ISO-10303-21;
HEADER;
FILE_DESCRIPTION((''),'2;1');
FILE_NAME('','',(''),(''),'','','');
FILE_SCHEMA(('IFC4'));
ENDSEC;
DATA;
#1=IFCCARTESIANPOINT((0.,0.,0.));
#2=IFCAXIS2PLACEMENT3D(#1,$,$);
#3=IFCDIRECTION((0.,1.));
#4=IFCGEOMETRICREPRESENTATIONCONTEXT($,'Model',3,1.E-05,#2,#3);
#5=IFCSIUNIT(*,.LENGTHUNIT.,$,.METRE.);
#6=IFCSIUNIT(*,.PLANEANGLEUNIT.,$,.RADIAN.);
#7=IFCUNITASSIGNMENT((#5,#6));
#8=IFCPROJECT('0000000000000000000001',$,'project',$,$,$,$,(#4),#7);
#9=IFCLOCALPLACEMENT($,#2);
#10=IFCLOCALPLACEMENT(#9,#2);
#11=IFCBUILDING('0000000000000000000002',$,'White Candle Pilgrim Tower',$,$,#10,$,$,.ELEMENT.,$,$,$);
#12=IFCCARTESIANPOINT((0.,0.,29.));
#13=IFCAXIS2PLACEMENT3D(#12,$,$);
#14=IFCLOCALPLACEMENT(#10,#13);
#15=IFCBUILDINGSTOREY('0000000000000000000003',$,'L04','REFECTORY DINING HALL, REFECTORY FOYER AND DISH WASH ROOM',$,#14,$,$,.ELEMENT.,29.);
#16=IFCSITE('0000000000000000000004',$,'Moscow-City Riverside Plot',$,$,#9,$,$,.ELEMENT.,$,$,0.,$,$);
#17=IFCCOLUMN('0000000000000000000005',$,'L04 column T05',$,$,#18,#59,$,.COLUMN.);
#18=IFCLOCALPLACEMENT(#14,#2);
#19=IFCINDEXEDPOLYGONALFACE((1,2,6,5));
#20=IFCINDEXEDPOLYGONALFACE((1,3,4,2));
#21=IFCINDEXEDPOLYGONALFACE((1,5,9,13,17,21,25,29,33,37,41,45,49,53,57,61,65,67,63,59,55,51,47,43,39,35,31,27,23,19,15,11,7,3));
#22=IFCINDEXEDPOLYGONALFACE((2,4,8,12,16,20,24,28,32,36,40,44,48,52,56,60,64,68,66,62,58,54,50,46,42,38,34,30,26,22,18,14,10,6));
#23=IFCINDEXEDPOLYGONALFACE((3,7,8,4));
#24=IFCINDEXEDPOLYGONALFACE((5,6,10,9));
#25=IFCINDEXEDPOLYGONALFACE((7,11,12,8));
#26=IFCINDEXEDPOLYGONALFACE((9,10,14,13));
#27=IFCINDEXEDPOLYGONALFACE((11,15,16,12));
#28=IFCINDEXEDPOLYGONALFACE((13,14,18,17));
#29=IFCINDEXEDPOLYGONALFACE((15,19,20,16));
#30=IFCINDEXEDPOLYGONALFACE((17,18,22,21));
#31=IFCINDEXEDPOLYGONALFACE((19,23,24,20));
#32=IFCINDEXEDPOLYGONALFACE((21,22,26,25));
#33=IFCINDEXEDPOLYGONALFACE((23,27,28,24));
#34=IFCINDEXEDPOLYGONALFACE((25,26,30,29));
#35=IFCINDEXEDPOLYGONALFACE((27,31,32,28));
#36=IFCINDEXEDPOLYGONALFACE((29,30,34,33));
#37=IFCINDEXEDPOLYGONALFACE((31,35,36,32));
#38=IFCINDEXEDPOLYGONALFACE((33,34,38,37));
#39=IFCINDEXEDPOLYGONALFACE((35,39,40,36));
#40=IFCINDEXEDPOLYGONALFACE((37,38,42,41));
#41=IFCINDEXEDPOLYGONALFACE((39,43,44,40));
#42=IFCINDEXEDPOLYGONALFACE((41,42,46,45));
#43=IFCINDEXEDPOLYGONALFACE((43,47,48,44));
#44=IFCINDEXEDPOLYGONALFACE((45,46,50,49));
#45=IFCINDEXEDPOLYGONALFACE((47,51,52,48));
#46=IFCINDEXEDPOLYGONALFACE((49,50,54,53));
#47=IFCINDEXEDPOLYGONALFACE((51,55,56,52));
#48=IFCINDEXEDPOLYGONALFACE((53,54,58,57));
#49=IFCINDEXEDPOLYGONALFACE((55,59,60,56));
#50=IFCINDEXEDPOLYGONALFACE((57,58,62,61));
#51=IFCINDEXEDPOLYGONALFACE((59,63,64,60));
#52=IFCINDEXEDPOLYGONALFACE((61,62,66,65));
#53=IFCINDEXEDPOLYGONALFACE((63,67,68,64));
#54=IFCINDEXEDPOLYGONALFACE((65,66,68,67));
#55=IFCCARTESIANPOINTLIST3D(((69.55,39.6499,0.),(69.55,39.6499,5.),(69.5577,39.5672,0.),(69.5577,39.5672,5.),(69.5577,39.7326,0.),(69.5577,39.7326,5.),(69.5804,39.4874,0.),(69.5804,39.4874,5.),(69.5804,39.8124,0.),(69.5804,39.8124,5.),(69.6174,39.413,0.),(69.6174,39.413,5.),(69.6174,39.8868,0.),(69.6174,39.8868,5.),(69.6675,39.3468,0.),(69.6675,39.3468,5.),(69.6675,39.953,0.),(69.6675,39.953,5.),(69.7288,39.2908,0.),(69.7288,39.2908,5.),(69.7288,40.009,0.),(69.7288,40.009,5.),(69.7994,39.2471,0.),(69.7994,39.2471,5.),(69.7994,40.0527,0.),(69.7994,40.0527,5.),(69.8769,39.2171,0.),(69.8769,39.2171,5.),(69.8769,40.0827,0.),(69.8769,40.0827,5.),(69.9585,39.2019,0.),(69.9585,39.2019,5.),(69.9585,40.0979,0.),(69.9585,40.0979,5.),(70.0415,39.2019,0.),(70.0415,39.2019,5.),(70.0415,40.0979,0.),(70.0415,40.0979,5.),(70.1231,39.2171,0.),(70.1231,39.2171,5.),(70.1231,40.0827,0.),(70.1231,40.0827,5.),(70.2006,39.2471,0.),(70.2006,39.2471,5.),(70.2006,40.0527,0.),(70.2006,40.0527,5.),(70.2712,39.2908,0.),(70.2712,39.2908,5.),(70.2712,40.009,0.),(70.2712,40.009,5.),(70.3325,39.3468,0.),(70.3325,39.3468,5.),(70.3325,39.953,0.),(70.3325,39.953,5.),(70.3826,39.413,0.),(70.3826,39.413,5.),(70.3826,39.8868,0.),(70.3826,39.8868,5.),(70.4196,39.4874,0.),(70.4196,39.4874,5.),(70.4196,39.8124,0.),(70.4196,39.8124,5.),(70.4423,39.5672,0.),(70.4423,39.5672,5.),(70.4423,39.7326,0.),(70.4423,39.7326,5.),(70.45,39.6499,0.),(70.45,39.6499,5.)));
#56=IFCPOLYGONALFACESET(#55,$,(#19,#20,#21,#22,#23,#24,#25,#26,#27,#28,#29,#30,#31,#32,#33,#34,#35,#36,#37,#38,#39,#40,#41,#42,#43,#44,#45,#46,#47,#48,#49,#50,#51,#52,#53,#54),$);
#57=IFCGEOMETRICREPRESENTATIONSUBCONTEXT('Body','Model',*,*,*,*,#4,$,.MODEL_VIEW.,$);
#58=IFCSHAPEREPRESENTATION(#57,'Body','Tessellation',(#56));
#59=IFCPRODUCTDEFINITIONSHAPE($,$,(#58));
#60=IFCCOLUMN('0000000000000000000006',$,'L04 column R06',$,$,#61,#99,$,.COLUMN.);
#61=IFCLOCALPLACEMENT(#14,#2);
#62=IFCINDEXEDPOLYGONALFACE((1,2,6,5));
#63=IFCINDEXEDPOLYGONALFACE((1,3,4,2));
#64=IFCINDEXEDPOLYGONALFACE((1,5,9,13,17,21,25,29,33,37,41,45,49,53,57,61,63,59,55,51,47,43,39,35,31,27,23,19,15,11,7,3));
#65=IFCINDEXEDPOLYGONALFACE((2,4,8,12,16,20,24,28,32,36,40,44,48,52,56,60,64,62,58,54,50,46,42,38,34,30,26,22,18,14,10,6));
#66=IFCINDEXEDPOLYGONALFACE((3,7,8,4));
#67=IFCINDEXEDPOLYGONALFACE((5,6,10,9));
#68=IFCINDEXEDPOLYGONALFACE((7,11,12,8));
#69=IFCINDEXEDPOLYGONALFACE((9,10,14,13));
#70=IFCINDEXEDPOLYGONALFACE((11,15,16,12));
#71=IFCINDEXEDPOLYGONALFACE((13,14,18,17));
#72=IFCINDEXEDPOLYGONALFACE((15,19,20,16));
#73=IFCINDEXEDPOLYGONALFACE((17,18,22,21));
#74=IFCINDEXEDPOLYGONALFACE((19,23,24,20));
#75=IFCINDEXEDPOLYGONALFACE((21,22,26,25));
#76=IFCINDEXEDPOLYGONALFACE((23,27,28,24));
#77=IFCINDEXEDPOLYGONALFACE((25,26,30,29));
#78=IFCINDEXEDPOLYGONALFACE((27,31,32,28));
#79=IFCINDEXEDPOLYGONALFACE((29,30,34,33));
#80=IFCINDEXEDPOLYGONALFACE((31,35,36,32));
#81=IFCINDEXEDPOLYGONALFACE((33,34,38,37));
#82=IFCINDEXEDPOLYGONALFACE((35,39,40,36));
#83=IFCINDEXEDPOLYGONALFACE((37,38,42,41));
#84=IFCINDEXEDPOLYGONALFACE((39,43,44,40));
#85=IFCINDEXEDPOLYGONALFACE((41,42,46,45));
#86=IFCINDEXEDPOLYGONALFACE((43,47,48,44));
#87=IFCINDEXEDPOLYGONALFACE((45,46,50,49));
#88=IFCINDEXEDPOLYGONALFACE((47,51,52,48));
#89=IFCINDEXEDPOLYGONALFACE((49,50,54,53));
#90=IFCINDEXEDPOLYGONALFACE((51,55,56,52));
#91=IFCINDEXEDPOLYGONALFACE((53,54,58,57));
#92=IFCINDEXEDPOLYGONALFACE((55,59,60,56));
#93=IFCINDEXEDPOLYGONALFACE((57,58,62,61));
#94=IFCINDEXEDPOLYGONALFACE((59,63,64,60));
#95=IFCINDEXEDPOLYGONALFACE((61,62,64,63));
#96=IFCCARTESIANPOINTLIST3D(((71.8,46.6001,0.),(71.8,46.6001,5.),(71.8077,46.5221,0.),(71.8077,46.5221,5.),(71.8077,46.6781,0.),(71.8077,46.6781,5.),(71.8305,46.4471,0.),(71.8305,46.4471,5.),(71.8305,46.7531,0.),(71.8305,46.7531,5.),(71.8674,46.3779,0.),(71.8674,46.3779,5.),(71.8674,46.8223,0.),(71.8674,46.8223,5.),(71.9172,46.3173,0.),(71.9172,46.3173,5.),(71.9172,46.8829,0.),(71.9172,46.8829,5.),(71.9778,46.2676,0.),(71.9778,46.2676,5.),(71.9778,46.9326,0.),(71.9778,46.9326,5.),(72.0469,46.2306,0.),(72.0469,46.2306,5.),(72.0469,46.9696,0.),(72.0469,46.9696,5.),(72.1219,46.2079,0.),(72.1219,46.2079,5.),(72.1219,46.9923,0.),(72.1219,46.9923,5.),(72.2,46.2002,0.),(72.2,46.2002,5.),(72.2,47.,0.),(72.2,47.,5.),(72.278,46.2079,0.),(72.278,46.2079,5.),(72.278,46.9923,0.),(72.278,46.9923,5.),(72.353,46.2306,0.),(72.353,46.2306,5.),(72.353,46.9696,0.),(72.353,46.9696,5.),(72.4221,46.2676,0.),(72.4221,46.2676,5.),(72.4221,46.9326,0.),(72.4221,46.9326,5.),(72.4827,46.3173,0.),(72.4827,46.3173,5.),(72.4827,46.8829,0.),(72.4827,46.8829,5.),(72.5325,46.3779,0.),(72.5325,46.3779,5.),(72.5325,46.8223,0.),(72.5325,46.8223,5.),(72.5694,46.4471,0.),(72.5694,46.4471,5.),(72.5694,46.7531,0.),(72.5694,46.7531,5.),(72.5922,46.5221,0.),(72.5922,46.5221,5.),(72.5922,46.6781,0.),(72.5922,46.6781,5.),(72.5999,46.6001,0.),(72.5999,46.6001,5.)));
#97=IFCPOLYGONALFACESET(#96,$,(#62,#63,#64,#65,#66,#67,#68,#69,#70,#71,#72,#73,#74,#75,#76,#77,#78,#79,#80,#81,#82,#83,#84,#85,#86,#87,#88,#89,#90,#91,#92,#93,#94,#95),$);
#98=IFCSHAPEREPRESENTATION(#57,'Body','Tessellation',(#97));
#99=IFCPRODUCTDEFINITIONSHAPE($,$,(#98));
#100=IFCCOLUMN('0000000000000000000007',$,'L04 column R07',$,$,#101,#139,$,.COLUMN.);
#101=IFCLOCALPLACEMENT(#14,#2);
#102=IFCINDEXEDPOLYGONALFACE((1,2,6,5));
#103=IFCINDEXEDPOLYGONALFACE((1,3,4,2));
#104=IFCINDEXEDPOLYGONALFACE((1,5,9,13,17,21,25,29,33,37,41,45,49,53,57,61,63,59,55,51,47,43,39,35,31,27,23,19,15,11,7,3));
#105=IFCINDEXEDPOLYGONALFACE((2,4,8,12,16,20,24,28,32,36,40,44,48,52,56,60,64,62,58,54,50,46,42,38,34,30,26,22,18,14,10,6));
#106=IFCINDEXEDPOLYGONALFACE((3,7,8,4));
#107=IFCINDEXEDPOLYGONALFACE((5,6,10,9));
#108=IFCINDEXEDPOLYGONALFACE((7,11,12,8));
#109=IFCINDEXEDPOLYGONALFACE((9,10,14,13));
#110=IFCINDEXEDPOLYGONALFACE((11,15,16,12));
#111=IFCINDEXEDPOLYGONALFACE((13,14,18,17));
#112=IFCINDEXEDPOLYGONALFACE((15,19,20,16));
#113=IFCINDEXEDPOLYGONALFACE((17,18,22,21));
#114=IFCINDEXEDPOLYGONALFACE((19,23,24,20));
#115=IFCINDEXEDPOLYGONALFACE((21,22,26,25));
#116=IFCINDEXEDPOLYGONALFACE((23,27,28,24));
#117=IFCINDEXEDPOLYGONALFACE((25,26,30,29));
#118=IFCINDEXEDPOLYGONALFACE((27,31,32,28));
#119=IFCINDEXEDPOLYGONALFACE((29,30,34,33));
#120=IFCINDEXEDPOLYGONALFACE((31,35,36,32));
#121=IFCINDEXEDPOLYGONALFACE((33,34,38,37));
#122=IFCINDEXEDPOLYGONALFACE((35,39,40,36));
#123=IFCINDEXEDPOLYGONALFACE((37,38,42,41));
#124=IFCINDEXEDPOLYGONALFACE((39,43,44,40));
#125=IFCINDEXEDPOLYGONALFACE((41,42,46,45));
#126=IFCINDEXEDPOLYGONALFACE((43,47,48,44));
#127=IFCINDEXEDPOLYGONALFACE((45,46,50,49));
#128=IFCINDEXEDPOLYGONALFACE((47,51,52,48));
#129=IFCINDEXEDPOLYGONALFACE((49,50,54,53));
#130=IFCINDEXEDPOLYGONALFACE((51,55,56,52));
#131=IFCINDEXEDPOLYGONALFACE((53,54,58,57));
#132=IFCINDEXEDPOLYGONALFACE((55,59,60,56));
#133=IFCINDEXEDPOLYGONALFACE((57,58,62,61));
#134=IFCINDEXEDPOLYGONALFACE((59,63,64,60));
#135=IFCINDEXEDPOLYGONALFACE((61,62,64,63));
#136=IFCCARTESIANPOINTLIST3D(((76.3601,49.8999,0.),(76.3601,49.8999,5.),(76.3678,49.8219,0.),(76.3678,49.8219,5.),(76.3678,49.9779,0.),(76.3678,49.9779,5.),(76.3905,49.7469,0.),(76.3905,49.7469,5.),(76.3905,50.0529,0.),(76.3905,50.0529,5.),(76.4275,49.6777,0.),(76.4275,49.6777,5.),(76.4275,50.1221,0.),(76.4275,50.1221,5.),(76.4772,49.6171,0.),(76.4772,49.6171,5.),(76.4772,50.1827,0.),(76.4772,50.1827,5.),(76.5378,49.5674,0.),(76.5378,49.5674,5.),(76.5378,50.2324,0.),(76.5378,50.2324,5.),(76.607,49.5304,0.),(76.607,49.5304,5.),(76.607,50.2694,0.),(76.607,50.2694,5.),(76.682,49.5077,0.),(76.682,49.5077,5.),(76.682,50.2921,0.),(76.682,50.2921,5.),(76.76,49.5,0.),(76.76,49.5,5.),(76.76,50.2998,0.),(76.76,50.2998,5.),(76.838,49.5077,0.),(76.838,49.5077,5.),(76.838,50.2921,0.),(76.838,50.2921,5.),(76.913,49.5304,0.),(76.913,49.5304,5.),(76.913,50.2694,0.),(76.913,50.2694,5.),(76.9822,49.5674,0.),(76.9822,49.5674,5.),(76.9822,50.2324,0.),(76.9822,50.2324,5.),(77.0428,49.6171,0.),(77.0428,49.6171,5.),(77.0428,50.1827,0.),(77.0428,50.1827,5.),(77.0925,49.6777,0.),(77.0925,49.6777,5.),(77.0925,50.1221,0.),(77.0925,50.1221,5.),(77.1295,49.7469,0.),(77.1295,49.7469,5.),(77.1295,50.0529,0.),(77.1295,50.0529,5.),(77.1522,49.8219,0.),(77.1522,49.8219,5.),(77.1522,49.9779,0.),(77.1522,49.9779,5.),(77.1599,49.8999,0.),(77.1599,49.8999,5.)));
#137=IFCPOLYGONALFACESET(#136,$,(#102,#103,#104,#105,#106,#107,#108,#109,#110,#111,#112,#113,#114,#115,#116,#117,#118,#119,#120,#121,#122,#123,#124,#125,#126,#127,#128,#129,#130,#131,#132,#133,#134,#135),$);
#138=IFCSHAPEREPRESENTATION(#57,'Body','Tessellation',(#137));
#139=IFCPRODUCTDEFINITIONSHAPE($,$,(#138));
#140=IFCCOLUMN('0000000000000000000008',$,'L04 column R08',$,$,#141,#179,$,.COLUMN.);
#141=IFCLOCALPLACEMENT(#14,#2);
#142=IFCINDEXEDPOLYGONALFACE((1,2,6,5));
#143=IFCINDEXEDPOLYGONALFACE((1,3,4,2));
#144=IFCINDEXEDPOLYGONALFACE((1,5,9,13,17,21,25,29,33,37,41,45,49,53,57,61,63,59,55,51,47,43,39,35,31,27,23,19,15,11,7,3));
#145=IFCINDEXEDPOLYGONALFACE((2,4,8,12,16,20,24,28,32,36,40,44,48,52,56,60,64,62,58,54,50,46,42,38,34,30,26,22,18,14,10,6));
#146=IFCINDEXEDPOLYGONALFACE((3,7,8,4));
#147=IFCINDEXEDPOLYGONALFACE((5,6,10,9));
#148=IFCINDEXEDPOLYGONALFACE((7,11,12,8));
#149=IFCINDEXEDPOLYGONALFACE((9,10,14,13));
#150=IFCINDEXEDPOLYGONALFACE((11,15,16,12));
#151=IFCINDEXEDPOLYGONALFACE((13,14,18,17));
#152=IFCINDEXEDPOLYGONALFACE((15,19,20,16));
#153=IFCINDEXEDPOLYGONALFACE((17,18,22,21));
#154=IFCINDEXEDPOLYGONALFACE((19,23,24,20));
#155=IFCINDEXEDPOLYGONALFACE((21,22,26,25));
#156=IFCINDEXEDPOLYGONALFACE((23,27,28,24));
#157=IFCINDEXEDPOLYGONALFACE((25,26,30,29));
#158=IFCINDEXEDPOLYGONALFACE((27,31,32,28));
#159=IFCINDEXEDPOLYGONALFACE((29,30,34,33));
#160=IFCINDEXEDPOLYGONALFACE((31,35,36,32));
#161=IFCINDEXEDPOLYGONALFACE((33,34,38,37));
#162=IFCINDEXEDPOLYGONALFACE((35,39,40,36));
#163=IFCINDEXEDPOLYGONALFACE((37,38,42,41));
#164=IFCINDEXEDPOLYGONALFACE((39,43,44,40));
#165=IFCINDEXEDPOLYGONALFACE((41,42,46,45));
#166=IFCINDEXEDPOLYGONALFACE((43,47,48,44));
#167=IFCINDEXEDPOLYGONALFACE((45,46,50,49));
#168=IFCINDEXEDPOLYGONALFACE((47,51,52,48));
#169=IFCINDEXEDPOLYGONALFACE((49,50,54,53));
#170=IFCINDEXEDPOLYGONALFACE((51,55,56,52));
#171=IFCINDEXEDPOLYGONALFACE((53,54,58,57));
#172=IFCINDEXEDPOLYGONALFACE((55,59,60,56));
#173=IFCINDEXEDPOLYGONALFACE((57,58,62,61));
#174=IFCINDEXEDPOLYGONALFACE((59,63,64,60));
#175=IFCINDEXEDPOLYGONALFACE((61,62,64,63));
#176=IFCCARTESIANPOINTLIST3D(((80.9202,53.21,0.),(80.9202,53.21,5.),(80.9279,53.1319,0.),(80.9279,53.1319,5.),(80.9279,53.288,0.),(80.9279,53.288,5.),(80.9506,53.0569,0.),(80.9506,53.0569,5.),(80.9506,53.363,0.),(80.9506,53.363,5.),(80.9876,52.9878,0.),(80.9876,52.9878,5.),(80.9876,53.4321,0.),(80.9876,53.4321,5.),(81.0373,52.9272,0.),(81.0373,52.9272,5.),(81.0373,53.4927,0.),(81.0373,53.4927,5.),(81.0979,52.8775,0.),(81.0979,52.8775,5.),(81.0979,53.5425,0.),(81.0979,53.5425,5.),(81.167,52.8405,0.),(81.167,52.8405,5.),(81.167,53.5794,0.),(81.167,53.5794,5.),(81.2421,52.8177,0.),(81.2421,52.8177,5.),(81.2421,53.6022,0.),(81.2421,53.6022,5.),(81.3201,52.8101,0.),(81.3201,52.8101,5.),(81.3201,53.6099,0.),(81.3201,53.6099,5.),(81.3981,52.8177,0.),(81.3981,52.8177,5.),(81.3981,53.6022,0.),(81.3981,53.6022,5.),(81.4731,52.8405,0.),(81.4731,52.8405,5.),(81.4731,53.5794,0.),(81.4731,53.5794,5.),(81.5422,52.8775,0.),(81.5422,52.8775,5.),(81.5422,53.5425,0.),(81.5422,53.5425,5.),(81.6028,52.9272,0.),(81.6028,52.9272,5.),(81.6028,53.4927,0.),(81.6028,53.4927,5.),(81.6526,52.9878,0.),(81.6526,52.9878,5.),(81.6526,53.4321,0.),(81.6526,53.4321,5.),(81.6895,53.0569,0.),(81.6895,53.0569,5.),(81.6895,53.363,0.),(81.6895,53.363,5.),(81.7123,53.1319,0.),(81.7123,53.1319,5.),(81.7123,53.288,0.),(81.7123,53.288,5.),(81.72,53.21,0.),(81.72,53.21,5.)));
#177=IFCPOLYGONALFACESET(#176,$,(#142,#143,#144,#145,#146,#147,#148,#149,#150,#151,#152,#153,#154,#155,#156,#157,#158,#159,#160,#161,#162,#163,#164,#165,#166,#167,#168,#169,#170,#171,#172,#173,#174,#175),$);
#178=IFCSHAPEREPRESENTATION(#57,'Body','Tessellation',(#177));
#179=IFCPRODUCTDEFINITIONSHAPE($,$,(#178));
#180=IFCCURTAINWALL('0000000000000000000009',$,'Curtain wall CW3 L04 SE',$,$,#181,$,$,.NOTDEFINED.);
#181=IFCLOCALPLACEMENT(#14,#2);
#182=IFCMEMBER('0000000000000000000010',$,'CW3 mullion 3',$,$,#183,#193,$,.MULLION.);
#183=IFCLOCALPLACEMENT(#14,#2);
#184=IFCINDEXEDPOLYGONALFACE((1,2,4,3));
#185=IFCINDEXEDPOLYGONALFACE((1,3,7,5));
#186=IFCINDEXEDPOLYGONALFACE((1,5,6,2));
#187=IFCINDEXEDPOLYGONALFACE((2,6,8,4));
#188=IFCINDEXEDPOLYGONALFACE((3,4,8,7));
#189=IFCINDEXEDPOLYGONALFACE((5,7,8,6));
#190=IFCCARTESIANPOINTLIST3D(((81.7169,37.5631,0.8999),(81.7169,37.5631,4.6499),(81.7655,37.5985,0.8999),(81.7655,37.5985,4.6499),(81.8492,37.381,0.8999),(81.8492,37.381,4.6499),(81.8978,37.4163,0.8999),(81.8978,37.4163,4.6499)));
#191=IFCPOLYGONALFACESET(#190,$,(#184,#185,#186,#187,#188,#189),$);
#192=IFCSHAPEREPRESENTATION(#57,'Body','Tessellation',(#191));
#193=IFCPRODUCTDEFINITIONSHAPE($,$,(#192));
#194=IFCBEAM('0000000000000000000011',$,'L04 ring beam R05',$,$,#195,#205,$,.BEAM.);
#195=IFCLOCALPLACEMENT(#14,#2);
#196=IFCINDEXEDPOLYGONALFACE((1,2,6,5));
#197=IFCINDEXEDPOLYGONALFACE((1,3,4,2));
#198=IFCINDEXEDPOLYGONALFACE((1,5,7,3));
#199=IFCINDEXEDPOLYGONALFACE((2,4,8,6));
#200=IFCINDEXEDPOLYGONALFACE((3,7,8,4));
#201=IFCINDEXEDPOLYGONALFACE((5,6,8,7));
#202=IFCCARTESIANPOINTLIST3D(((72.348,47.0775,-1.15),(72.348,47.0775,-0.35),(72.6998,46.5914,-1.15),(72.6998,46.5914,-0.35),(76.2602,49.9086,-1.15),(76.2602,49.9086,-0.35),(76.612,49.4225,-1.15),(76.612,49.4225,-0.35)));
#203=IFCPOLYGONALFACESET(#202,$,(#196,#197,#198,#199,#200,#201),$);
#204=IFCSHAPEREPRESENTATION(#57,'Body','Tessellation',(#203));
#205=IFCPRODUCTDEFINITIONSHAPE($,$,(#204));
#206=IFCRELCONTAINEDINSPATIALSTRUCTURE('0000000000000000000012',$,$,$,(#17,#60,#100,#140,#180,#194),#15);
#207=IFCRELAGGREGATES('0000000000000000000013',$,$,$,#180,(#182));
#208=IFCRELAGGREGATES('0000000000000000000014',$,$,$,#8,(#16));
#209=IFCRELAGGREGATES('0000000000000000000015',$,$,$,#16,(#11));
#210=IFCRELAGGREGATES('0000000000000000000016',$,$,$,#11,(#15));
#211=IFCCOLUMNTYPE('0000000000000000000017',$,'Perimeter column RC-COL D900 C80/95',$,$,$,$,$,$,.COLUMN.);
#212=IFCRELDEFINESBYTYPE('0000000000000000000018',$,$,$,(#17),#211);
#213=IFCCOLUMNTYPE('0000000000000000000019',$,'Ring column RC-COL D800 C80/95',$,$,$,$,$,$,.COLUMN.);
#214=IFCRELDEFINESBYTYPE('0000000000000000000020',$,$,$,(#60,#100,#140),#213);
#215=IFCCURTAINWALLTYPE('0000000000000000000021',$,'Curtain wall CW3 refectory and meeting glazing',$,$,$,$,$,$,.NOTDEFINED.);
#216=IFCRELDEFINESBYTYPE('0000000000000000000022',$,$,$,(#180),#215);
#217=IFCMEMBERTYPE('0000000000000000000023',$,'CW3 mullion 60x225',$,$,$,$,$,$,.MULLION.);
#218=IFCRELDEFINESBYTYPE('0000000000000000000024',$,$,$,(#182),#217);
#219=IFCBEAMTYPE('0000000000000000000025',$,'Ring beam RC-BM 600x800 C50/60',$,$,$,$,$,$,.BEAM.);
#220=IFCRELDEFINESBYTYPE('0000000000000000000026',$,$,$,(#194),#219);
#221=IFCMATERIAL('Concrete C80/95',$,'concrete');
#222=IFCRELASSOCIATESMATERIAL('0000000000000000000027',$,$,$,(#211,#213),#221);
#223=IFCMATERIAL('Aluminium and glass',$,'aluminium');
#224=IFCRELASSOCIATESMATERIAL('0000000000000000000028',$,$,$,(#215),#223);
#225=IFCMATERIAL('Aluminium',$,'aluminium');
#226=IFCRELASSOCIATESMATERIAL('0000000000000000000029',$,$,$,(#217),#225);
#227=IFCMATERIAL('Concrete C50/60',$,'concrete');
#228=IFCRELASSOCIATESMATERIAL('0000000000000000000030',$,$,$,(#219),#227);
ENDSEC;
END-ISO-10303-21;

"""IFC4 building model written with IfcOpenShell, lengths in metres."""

from ifc_helpers import new_model, si_unit, direction, frame, origin, origin_2d, place, context, subcontext, project, spatial, rectangle, circle, extrude, material, material_profile, profile_set, type_object, element, aggregate, save


model = new_model("IFC4")

# Units and contexts
model_context = context("Model", 3, precision=1e-05, world=origin(), true_north=direction((0.0, 1.0)))
body_context = subcontext(model_context, "Body", "Model", "MODEL_VIEW")
ifc_project = project(units=[si_unit("LENGTHUNIT", "METRE"), si_unit("PLANEANGLEUNIT", "RADIAN")], contexts=[model_context])

# Site, building, storey
site_placement = place(None, origin())
site = spatial("IfcSite", under=ifc_project, at=site_placement, Name="Moscow-City Riverside Plot", CompositionType="ELEMENT", RefElevation=0.0)
building_placement = place(site_placement, origin())
building = spatial("IfcBuilding", under=site, at=building_placement, Name="White Candle Pilgrim Tower", CompositionType="ELEMENT")
storey_placement = place(building_placement, frame((0.0, 0.0, 29.0)))
storey = spatial("IfcBuildingStorey", under=building, at=storey_placement, Name="L04", Description="REFECTORY DINING HALL, REFECTORY FOYER AND DISH WASH ROOM", CompositionType="ELEMENT", Elevation=29.0)

# Columns
ifc_material_1 = material(Name="Concrete C80/95", Category="concrete")
ifc_material_profile_1 = material_profile(ifc_material_1, circle(Radius=0.45, at=origin_2d()), Name="RC-COL D900")
ifc_profile_set_1 = profile_set([ifc_material_profile_1], Name="Concrete C80/95")
column_type_1 = type_object("IfcColumnType", Name="Perimeter column RC-COL D900 C80/95", PredefinedType="COLUMN", material=ifc_profile_set_1)
column_placement = place(storey_placement, frame((70.0, 39.6499, 0.0), z_axis=(0.0, 0.0, 1.0), x_axis=(1.0, 0.0, 0.0)))
element("IfcColumn", 1, at=column_placement, inside=storey, type_object=column_type_1, Name="L04 column T05", PredefinedType="COLUMN", context=body_context, shape_type="SweptSolid", body=[
    extrude(circle(Radius=0.45, at=origin_2d()), origin(), (0.0, 0.0, 1.0), 5.0),
])
ifc_material_profile_2 = material_profile(ifc_material_1, circle(Radius=0.3999, at=origin_2d()), Name="RC-COL D800")
ifc_profile_set_2 = profile_set([ifc_material_profile_2], Name="Concrete C80/95")
column_type_2 = type_object("IfcColumnType", Name="Ring column RC-COL D800 C80/95", PredefinedType="COLUMN", material=ifc_profile_set_2)
for number, where, z_axis, x_axis, name in (
    (2, (72.2, 46.6001, 0.0), (0.0, 0.0, 1.0), (1.0, 0.0, 0.0), "L04 column R06"),
    (3, (76.76, 49.8999, 0.0), (0.0, 0.0, 1.0), (1.0, 0.0, 0.0), "L04 column R07"),
    (4, (81.3201, 53.21, 0.0), (0.0, 0.0, 1.0), (1.0, 0.0, 0.0), "L04 column R08"),
):
    element("IfcColumn", number, at=place(storey_placement, frame(where, z_axis=z_axis, x_axis=x_axis)), inside=storey, type_object=column_type_2, Name=name, PredefinedType="COLUMN", context=body_context, shape_type="SweptSolid", body=[
        extrude(circle(Radius=0.3999, at=origin_2d()), origin(), (0.0, 0.0, 1.0), 5.0),
    ])

# Curtain wall, member
ifc_material_2 = material(Name="Aluminium and glass", Category="aluminium")
curtain_wall_type = type_object("IfcCurtainWallType", Name="Curtain wall CW3 refectory and meeting glazing", PredefinedType="NOTDEFINED", material=ifc_material_2)
curtain_wall_placement = place(storey_placement, origin())
curtain_wall = element("IfcCurtainWall", 5, at=curtain_wall_placement, inside=storey, type_object=curtain_wall_type, Name="Curtain wall CW3 L04 SE", PredefinedType="NOTDEFINED")
ifc_material_3 = material(Name="Aluminium", Category="aluminium")
ifc_material_profile_3 = material_profile(ifc_material_3, rectangle(XDim=0.2251, YDim=0.0601, at=origin_2d()), Name="CW3 mullion 60x225")
ifc_profile_set_3 = profile_set([ifc_material_profile_3], Name="Aluminium")
member_type = type_object("IfcMemberType", Name="CW3 mullion 60x225", PredefinedType="MULLION", material=ifc_profile_set_3)
member_placement = place(storey_placement, frame((81.8074, 37.4897, 0.8999), z_axis=(0.0, 0.0, 1.0), x_axis=(-0.587785, 0.809017, 0.0)))
member = element("IfcMember", 6, at=member_placement, type_object=member_type, Name="CW3 mullion 3", PredefinedType="MULLION", context=body_context, shape_type="SweptSolid", body=[
    extrude(rectangle(XDim=0.2251, YDim=0.0601, at=origin_2d()), origin(), (0.0, 0.0, 1.0), 3.75),
])
aggregate(curtain_wall, [member])

# Beam
ifc_material_4 = material(Name="Concrete C50/60", Category="concrete")
ifc_material_profile_4 = material_profile(ifc_material_4, rectangle(XDim=0.6001, YDim=0.8, at=origin_2d()), Name="RC-BM 600x800")
ifc_profile_set_4 = profile_set([ifc_material_profile_4], Name="Concrete C50/60")
beam_type_1 = type_object("IfcBeamType", Name="Ring beam RC-BM 600x800 C50/60", PredefinedType="BEAM", material=ifc_profile_set_4)
beam_1_placement = place(storey_placement, frame((72.5239, 46.8345, -0.75), z_axis=(0.810124, 0.586258, 0.0), x_axis=(-0.586258, 0.810124, 0.0)))
element("IfcBeam", 7, at=beam_1_placement, inside=storey, type_object=beam_type_1, Name="L04 ring beam R05", PredefinedType="BEAM", context=body_context, shape_type="SweptSolid", body=[
    extrude(rectangle(XDim=0.6001, YDim=0.8, at=origin_2d()), origin(), (0.0, 0.0, 1.0), 4.8291),
])

save(model, "model.ifc")
